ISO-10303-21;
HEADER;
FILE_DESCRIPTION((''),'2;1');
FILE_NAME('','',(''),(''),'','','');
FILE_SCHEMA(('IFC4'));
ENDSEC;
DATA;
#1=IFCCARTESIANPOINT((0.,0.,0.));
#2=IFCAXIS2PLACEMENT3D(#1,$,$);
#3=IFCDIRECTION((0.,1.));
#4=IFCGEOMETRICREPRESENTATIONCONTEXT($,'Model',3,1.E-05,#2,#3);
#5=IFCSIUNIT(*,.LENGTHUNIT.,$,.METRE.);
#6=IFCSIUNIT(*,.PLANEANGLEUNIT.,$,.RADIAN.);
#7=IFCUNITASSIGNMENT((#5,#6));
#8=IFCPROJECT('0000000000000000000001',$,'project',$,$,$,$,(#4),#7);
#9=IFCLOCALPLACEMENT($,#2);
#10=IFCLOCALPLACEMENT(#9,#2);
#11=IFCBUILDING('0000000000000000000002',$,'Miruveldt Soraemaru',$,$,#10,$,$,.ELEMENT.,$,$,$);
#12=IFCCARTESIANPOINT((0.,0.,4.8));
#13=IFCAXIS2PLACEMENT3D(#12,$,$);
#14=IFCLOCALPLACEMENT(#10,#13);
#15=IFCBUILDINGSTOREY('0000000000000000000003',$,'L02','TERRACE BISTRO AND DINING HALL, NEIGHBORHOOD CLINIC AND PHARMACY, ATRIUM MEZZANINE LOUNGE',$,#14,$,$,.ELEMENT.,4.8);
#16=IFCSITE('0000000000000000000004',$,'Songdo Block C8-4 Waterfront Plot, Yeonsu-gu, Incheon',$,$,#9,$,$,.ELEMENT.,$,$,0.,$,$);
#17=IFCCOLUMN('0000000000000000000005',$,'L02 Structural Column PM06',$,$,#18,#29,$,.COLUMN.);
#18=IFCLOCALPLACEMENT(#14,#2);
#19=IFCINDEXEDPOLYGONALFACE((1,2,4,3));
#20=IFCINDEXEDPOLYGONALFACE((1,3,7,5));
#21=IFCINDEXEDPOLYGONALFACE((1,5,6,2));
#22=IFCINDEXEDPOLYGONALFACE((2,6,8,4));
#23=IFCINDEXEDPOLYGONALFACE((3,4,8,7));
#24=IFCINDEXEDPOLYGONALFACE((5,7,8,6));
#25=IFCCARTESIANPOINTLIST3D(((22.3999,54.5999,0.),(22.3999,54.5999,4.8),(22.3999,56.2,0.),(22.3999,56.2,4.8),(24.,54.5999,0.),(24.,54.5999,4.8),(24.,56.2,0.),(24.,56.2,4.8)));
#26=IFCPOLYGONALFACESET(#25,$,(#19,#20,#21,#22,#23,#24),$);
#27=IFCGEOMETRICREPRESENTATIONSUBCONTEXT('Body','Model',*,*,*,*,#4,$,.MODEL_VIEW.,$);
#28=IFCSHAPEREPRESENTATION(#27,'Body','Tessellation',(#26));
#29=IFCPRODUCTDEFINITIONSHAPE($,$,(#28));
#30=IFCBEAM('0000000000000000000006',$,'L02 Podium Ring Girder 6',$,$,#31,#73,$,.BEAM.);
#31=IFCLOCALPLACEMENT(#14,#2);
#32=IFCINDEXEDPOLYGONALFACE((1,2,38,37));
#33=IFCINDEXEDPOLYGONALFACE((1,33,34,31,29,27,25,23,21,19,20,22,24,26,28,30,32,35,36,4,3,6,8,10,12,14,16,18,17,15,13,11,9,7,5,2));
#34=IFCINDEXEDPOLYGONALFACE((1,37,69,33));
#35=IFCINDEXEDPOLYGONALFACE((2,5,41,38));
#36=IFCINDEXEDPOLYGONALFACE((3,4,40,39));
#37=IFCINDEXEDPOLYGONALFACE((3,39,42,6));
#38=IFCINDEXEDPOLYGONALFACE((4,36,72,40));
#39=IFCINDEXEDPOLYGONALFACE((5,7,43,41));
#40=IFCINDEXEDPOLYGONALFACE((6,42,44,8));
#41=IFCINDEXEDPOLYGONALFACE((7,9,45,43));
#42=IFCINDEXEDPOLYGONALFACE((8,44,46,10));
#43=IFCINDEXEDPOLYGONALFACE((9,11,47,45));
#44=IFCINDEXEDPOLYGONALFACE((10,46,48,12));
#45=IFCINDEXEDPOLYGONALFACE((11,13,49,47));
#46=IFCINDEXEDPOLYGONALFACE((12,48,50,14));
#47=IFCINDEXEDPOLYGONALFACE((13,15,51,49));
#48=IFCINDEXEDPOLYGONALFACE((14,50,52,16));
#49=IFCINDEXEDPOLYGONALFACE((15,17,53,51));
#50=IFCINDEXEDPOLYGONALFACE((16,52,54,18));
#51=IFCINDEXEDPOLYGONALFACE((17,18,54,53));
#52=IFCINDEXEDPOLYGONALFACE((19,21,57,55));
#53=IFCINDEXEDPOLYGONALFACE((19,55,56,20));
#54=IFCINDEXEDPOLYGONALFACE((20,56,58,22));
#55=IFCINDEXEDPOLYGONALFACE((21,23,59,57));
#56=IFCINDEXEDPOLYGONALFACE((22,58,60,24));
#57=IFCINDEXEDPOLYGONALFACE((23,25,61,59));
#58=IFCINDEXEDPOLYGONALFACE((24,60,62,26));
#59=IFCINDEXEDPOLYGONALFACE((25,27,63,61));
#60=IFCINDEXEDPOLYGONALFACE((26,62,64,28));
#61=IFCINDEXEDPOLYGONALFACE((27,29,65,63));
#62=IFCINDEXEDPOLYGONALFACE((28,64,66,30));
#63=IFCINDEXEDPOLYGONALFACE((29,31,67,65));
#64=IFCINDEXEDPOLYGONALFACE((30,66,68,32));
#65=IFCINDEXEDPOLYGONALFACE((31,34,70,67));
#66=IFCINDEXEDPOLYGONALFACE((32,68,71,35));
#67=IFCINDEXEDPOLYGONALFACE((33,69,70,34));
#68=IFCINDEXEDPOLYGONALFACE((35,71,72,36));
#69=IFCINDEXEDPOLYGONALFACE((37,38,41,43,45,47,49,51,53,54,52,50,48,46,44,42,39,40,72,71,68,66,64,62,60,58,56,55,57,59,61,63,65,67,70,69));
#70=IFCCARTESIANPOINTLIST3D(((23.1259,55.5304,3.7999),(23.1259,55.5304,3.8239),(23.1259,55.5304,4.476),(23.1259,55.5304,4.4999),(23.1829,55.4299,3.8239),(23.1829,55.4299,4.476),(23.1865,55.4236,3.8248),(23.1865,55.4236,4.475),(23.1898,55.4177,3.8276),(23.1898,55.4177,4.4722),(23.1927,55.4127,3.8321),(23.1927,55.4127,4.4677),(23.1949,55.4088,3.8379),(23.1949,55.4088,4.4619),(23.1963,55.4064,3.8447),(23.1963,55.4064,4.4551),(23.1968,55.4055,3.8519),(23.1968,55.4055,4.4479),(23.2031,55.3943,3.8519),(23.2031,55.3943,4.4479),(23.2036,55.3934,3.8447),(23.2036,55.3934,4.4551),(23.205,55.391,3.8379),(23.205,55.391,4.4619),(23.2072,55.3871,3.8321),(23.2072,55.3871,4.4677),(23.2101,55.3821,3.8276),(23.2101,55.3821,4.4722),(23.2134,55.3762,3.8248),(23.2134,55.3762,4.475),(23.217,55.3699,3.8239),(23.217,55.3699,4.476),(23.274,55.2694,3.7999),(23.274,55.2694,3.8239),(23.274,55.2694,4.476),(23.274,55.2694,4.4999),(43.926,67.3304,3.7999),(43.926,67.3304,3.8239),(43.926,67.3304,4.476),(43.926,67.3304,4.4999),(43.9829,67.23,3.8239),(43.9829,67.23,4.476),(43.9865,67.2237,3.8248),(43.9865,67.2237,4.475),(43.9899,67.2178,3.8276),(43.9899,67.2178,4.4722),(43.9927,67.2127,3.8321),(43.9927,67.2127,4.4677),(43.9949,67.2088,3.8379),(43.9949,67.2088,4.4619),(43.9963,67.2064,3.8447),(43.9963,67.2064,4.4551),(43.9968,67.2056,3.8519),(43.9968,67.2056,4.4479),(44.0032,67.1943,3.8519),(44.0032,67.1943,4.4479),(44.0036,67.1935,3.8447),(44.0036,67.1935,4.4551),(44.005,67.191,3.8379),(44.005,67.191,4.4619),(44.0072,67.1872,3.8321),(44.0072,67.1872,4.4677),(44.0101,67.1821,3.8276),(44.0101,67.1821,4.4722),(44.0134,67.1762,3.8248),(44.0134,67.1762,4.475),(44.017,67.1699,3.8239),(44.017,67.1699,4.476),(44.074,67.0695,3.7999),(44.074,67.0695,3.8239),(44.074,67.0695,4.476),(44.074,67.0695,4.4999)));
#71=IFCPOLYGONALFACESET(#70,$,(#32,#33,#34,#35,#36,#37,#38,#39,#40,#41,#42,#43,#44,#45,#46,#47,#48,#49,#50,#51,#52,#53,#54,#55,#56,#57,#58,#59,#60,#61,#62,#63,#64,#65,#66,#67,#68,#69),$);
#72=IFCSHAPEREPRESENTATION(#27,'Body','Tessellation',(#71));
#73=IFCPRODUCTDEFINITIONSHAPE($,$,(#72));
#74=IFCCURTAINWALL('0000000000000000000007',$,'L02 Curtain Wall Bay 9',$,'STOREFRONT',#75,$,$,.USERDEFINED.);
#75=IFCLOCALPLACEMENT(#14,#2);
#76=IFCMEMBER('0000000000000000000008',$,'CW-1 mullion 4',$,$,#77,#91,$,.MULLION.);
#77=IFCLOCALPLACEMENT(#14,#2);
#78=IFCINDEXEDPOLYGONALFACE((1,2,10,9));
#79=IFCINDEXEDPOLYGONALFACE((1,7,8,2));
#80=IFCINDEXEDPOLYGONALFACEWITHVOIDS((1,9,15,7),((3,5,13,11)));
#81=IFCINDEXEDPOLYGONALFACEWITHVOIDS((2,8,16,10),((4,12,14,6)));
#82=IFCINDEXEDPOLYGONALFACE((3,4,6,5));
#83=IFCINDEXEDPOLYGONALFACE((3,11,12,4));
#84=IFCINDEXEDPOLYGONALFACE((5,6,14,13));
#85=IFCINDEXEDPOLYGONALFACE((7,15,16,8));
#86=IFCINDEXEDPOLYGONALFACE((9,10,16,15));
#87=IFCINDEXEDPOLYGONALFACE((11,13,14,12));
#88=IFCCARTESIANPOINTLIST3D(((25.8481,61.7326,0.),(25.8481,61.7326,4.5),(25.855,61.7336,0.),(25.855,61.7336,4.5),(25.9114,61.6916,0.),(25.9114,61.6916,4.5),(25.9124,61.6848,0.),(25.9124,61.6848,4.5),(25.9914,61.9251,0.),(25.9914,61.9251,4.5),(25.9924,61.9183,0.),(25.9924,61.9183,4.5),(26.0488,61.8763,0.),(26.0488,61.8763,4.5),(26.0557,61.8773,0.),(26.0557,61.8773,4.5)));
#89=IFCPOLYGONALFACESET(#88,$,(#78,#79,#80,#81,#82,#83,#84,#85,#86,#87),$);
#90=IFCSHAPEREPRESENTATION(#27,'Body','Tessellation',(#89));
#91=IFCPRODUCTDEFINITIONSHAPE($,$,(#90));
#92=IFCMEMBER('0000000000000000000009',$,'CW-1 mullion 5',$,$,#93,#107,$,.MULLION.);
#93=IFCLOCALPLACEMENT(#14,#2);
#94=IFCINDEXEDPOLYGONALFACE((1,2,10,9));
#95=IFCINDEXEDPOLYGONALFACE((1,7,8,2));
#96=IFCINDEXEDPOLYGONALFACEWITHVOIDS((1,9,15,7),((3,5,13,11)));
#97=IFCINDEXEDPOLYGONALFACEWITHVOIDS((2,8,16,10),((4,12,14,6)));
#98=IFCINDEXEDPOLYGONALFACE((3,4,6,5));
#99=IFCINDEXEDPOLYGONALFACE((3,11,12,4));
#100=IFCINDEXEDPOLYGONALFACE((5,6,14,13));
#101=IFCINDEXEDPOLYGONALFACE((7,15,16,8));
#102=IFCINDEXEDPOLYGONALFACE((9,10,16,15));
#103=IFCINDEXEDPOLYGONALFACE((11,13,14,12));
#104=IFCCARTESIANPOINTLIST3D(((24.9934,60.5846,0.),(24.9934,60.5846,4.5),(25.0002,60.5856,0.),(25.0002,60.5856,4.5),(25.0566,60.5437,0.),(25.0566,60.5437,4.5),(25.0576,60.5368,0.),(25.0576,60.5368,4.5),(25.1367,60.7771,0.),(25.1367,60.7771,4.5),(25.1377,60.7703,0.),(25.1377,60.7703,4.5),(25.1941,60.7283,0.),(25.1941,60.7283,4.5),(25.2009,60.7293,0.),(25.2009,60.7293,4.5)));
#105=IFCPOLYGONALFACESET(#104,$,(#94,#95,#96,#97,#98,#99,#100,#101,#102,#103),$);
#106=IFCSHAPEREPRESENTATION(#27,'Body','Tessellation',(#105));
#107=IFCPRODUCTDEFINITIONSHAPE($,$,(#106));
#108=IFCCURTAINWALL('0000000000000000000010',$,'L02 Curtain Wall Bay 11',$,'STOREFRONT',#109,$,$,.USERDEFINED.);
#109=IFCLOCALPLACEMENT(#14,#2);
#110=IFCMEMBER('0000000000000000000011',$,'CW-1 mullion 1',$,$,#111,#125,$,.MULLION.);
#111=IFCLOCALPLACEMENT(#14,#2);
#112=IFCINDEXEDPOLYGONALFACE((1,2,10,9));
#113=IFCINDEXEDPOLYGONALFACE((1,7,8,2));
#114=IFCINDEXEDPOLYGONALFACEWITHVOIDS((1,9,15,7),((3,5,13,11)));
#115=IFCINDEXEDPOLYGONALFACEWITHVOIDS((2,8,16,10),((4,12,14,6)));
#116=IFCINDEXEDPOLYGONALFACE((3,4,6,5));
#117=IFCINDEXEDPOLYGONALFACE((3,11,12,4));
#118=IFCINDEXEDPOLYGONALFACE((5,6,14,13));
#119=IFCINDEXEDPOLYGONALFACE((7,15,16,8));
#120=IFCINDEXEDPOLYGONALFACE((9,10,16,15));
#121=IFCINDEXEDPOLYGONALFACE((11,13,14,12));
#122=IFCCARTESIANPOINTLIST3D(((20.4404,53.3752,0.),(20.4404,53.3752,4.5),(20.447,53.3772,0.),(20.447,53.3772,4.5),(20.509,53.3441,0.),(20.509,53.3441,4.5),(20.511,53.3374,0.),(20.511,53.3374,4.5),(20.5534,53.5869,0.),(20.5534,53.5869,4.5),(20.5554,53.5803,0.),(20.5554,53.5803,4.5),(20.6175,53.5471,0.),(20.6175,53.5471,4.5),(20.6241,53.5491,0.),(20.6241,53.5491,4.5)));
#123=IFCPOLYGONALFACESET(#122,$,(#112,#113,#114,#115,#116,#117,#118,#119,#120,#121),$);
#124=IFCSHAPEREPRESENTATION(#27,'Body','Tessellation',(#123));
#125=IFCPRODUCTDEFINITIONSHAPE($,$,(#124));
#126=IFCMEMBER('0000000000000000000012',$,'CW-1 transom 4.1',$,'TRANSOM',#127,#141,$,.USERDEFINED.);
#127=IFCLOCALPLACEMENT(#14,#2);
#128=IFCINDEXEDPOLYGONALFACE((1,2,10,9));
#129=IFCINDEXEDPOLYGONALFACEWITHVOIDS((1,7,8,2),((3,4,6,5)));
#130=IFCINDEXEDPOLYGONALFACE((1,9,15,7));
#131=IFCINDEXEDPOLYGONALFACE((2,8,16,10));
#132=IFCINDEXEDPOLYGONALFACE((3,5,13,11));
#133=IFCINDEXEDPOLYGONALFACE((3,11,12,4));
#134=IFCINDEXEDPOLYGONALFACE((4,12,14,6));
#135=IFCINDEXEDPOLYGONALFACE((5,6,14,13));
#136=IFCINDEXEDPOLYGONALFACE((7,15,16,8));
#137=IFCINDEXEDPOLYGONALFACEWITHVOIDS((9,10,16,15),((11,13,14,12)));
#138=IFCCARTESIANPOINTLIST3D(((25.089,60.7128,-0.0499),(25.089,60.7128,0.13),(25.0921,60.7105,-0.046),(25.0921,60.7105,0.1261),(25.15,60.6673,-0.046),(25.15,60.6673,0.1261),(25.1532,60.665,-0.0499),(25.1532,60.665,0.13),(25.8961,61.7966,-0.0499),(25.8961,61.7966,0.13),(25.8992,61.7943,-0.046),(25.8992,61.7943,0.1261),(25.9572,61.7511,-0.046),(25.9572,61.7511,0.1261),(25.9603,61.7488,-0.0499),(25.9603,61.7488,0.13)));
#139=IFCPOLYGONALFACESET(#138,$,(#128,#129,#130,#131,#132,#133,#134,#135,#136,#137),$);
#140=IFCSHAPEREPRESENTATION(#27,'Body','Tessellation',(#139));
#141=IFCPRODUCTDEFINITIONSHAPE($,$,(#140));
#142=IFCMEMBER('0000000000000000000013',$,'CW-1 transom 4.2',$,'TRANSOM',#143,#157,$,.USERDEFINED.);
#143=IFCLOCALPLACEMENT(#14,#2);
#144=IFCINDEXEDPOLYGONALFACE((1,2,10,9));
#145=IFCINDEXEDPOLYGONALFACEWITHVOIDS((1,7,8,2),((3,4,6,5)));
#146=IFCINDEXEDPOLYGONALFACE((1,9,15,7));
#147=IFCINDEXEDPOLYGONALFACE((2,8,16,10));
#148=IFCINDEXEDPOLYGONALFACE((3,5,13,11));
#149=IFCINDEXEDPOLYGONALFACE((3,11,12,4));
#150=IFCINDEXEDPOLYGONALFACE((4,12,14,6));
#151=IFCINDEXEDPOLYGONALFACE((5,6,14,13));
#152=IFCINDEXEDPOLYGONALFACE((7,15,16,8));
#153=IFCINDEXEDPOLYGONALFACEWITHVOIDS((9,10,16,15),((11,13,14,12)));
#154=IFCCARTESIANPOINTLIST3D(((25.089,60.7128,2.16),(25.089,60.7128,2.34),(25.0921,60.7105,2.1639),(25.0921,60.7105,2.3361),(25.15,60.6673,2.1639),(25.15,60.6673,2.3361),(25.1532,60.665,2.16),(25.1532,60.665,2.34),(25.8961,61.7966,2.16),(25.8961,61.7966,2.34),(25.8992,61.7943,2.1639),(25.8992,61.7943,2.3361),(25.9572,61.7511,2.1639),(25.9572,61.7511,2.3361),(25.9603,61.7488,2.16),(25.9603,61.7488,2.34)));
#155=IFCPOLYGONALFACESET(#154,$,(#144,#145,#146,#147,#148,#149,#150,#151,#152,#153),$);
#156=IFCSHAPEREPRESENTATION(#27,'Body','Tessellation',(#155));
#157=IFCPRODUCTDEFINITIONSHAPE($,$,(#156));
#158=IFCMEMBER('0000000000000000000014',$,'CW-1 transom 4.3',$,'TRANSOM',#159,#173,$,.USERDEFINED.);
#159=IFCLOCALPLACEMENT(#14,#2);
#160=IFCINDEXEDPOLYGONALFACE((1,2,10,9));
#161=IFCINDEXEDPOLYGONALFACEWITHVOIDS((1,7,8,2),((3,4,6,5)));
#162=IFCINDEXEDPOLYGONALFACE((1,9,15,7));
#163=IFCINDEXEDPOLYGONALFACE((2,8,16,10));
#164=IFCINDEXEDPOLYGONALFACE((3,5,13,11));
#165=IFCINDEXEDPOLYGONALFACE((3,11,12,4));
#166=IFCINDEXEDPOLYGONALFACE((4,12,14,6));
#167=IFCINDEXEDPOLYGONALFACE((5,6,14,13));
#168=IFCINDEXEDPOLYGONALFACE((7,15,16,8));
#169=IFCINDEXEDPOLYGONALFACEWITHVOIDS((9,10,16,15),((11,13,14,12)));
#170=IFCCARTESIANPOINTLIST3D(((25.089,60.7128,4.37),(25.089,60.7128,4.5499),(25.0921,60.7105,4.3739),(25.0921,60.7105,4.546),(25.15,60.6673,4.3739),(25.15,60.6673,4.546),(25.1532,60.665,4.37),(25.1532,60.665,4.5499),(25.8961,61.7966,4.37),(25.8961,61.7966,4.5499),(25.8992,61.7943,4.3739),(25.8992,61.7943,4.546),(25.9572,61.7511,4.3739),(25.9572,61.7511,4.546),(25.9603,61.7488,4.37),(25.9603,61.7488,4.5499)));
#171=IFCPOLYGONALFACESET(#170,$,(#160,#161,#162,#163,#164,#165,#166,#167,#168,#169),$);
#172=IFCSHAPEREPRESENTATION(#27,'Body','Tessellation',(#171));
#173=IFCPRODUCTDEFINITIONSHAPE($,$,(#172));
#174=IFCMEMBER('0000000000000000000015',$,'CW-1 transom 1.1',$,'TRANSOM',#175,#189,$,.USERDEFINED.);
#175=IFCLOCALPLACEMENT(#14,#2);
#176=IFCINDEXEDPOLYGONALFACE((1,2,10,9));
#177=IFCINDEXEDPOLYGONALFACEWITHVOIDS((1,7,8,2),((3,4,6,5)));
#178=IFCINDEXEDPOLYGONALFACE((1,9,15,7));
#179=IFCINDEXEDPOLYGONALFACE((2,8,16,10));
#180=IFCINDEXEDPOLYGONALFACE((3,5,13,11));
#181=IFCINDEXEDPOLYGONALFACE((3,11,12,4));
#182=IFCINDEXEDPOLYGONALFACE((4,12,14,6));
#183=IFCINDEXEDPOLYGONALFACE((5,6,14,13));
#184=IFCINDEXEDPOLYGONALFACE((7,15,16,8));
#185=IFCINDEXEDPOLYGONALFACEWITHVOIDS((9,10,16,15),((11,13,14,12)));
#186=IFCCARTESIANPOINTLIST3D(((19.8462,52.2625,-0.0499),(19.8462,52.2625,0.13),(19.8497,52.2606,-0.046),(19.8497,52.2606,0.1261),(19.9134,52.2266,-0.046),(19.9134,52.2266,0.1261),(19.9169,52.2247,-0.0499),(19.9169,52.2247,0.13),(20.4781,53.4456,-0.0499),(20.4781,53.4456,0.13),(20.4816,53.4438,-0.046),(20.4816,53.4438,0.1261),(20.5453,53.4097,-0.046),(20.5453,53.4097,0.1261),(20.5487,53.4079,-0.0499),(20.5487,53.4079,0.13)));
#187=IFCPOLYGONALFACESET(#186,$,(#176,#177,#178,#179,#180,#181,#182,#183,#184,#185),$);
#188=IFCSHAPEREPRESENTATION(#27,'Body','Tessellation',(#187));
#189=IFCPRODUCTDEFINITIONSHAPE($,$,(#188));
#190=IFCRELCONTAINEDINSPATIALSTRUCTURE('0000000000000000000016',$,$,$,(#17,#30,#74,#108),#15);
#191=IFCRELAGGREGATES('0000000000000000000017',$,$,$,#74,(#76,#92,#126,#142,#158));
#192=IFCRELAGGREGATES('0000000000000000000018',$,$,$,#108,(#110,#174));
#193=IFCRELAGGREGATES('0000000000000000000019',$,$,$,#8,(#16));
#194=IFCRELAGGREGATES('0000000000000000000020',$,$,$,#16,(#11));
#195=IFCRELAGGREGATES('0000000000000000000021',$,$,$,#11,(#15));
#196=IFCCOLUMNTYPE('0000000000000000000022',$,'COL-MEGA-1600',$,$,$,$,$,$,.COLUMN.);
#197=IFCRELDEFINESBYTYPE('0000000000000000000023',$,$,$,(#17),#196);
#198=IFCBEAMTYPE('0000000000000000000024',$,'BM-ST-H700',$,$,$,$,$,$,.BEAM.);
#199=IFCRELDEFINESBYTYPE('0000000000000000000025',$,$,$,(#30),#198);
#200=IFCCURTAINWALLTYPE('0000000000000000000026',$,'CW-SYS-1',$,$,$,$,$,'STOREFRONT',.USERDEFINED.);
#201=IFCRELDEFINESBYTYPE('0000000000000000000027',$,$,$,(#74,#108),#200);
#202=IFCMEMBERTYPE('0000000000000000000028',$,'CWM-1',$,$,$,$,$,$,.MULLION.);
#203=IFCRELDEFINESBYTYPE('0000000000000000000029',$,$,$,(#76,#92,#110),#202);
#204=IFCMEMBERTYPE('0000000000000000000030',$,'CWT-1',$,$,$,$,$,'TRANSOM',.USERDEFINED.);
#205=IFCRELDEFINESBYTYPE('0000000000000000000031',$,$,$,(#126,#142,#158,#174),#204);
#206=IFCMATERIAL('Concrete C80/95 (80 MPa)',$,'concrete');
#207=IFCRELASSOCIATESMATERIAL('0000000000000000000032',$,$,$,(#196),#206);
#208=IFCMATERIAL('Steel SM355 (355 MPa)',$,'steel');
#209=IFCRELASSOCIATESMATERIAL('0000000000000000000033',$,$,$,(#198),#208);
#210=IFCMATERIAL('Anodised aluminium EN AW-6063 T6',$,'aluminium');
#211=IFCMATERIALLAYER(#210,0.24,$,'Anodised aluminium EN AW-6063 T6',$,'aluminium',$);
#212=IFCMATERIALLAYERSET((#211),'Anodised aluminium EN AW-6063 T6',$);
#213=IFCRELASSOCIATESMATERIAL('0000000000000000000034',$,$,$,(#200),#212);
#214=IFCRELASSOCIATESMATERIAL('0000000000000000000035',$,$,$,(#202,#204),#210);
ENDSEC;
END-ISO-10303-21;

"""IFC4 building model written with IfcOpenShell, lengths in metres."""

from ifc_helpers import new_model, si_unit, direction, frame, origin, origin_2d, place, context, subcontext, project, spatial, rectangle, hollow_rectangle, i_section, extrude, material, layer, layer_set, material_profile, profile_set, type_object, element, aggregate, save


model = new_model("IFC4")

# Units and contexts
model_context = context("Model", 3, precision=1e-05, world=origin(), true_north=direction((0.0, 1.0)))
body_context = subcontext(model_context, "Body", "Model", "MODEL_VIEW")
ifc_project = project(units=[si_unit("LENGTHUNIT", "METRE"), si_unit("PLANEANGLEUNIT", "RADIAN")], contexts=[model_context])

# Site, building, storey
site_placement = place(None, origin())
site = spatial("IfcSite", under=ifc_project, at=site_placement, Name="Songdo Block C8-4 Waterfront Plot, Yeonsu-gu, Incheon", CompositionType="ELEMENT", RefElevation=0.0)
building_placement = place(site_placement, origin())
building = spatial("IfcBuilding", under=site, at=building_placement, Name="Miruveldt Soraemaru", CompositionType="ELEMENT")
storey_placement = place(building_placement, frame((0.0, 0.0, 4.8)))
storey = spatial("IfcBuildingStorey", under=building, at=storey_placement, Name="L02", Description="TERRACE BISTRO AND DINING HALL, NEIGHBORHOOD CLINIC AND PHARMACY, ATRIUM MEZZANINE LOUNGE", CompositionType="ELEMENT", Elevation=4.8)

# Column
ifc_material_1 = material(Name="Concrete C80/95 (80 MPa)", Category="concrete")
ifc_material_profile_1 = material_profile(ifc_material_1, rectangle(XDim=1.6001, YDim=1.6001, at=origin_2d()), Name="Concrete C80/95 (80 MPa)", Category="concrete")
ifc_profile_set_1 = profile_set([ifc_material_profile_1], Name="Concrete C80/95 (80 MPa)")
column_type = type_object("IfcColumnType", Name="COL-MEGA-1600", PredefinedType="COLUMN", material=ifc_profile_set_1)
column_placement = place(storey_placement, frame((23.2, 55.3999, 0.0), z_axis=(0.0, 0.0, 1.0), x_axis=(1.0, 0.0, 0.0)))
element("IfcColumn", 1, at=column_placement, inside=storey, type_object=column_type, Name="L02 Structural Column PM06", PredefinedType="COLUMN", context=body_context, shape_type="SweptSolid", body=[
    extrude(rectangle(XDim=1.6001, YDim=1.6001, at=origin_2d()), origin(), (0.0, 0.0, 1.0), 4.8),
])

# Beam
ifc_material_2 = material(Name="Steel SM355 (355 MPa)", Category="steel")
ifc_material_profile_2 = material_profile(ifc_material_2, i_section(OverallWidth=0.3, OverallDepth=0.7, WebThickness=0.0129, FlangeThickness=0.0239, FilletRadius=0.0281, at=origin_2d()), Name="Steel SM355 (355 MPa)", Category="steel")
ifc_profile_set_2 = profile_set([ifc_material_profile_2], Name="Steel SM355 (355 MPa)")
beam_type = type_object("IfcBeamType", Name="BM-ST-H700", PredefinedType="BEAM", material=ifc_profile_set_2)
beam_placement = place(storey_placement, frame((23.2, 55.3999, 4.1499), z_axis=(0.869783, 0.493435, 0.0), x_axis=(-0.493435, 0.869783, 0.0)))
element("IfcBeam", 2, at=beam_placement, inside=storey, type_object=beam_type, Name="L02 Podium Ring Girder 6", PredefinedType="BEAM", context=body_context, shape_type="SweptSolid", body=[
    extrude(i_section(OverallWidth=0.3, OverallDepth=0.7, WebThickness=0.0129, FlangeThickness=0.0239, FilletRadius=0.0281, at=origin_2d()), origin(), (0.0, 0.0, 1.0), 23.9141),
])

# Curtain wall, members
ifc_material_3 = material(Name="Anodised aluminium EN AW-6063 T6", Category="aluminium")
ifc_layer_1 = layer(ifc_material_3, 0.24, Name="Anodised aluminium EN AW-6063 T6", Category="aluminium")
ifc_layer_set_1 = layer_set([ifc_layer_1], Name="Anodised aluminium EN AW-6063 T6")
curtain_wall_type = type_object("IfcCurtainWallType", Name="CW-SYS-1", ElementType="STOREFRONT", PredefinedType="USERDEFINED", material=ifc_layer_set_1)
curtain_wall_1_placement = place(storey_placement, origin())
curtain_wall_1 = element("IfcCurtainWall", 3, at=curtain_wall_1_placement, inside=storey, type_object=curtain_wall_type, Name="L02 Curtain Wall Bay 9", ObjectType="STOREFRONT", PredefinedType="USERDEFINED")
ifc_material_profile_3 = material_profile(ifc_material_3, hollow_rectangle(XDim=0.0801, YDim=0.24, WallThickness=0.0049, at=origin_2d()), Name="Anodised aluminium EN AW-6063 T6", Category="aluminium")
ifc_profile_set_3 = profile_set([ifc_material_profile_3], Name="Anodised aluminium EN AW-6063 T6")
member_type_1 = type_object("IfcMemberType", Name="CWM-1", PredefinedType="MULLION", material=ifc_profile_set_3)
member_1_placement = place(storey_placement, frame((25.9519, 61.8049, 0.0), z_axis=(0.0, 0.0, 1.0), x_axis=(0.802101, -0.597188, 0.0)))
member_1 = element("IfcMember", 4, at=member_1_placement, type_object=member_type_1, Name="CW-1 mullion 4", PredefinedType="MULLION", context=body_context, shape_type="SweptSolid", body=[
    extrude(hollow_rectangle(XDim=0.0801, YDim=0.24, WallThickness=0.0049, at=origin_2d()), origin(), (0.0, 0.0, 1.0), 4.5),
])
member_2_placement = place(storey_placement, frame((25.0972, 60.657, 0.0), z_axis=(0.0, 0.0, 1.0), x_axis=(0.802101, -0.597188, 0.0)))
member_2 = element("IfcMember", 5, at=member_2_placement, type_object=member_type_1, Name="CW-1 mullion 5", PredefinedType="MULLION", context=body_context, shape_type="SweptSolid", body=[
    extrude(hollow_rectangle(XDim=0.0801, YDim=0.24, WallThickness=0.0049, at=origin_2d()), origin(), (0.0, 0.0, 1.0), 4.5),
])

# Curtain wall, member
curtain_wall_2_placement = place(storey_placement, origin())
curtain_wall_2 = element("IfcCurtainWall", 6, at=curtain_wall_2_placement, inside=storey, type_object=curtain_wall_type, Name="L02 Curtain Wall Bay 11", ObjectType="STOREFRONT", PredefinedType="USERDEFINED")
member_3_placement = place(storey_placement, frame((20.5322, 53.4622, 0.0), z_axis=(0.0, 0.0, 1.0), x_axis=(0.882105, -0.471053, 0.0)))
member_3 = element("IfcMember", 7, at=member_3_placement, type_object=member_type_1, Name="CW-1 mullion 1", PredefinedType="MULLION", context=body_context, shape_type="SweptSolid", body=[
    extrude(hollow_rectangle(XDim=0.0801, YDim=0.24, WallThickness=0.0049, at=origin_2d()), origin(), (0.0, 0.0, 1.0), 4.5),
])

# Members
ifc_material_profile_4 = material_profile(ifc_material_3, hollow_rectangle(XDim=0.0801, YDim=0.1799, WallThickness=0.0039, at=origin_2d()), Name="Anodised aluminium EN AW-6063 T6", Category="aluminium")
ifc_profile_set_4 = profile_set([ifc_material_profile_4], Name="Anodised aluminium EN AW-6063 T6")
member_type_2 = type_object("IfcMemberType", Name="CWT-1", ElementType="TRANSOM", PredefinedType="USERDEFINED", material=ifc_profile_set_4)
member_4_placement = place(storey_placement, frame((25.9282, 61.7727, 0.04), z_axis=(-0.597308, -0.802012, 0.0), x_axis=(0.802012, -0.597308, 0.0)))
member_4 = element("IfcMember", 8, at=member_4_placement, type_object=member_type_2, Name="CW-1 transom 4.1", ObjectType="TRANSOM", PredefinedType="USERDEFINED", context=body_context, shape_type="SweptSolid", body=[
    extrude(hollow_rectangle(XDim=0.0801, YDim=0.1799, WallThickness=0.0039, at=origin_2d()), origin(), (0.0, 0.0, 1.0), 1.3513),
])
member_5_placement = place(storey_placement, frame((25.9282, 61.7727, 2.25), z_axis=(-0.597308, -0.802012, 0.0), x_axis=(0.802012, -0.597308, 0.0)))
member_5 = element("IfcMember", 9, at=member_5_placement, type_object=member_type_2, Name="CW-1 transom 4.2", ObjectType="TRANSOM", PredefinedType="USERDEFINED", context=body_context, shape_type="SweptSolid", body=[
    extrude(hollow_rectangle(XDim=0.0801, YDim=0.1799, WallThickness=0.0039, at=origin_2d()), origin(), (0.0, 0.0, 1.0), 1.3513),
])
member_6_placement = place(storey_placement, frame((25.9282, 61.7727, 4.46), z_axis=(-0.597308, -0.802012, 0.0), x_axis=(0.802012, -0.597308, 0.0)))
member_6 = element("IfcMember", 10, at=member_6_placement, type_object=member_type_2, Name="CW-1 transom 4.3", ObjectType="TRANSOM", PredefinedType="USERDEFINED", context=body_context, shape_type="SweptSolid", body=[
    extrude(hollow_rectangle(XDim=0.0801, YDim=0.1799, WallThickness=0.0039, at=origin_2d()), origin(), (0.0, 0.0, 1.0), 1.3513),
])
member_7_placement = place(storey_placement, frame((20.5134, 53.4268, 0.04), z_axis=(-0.471079, -0.882091, 0.0), x_axis=(0.882091, -0.471079, 0.0)))
member_7 = element("IfcMember", 11, at=member_7_placement, type_object=member_type_2, Name="CW-1 transom 1.1", ObjectType="TRANSOM", PredefinedType="USERDEFINED", context=body_context, shape_type="SweptSolid", body=[
    extrude(hollow_rectangle(XDim=0.0801, YDim=0.1799, WallThickness=0.0039, at=origin_2d()), origin(), (0.0, 0.0, 1.0), 1.3413),
])

aggregate(curtain_wall_1, [member_1, member_2, member_4, member_5, member_6])
aggregate(curtain_wall_2, [member_3, member_7])

save(model, "model.ifc")
